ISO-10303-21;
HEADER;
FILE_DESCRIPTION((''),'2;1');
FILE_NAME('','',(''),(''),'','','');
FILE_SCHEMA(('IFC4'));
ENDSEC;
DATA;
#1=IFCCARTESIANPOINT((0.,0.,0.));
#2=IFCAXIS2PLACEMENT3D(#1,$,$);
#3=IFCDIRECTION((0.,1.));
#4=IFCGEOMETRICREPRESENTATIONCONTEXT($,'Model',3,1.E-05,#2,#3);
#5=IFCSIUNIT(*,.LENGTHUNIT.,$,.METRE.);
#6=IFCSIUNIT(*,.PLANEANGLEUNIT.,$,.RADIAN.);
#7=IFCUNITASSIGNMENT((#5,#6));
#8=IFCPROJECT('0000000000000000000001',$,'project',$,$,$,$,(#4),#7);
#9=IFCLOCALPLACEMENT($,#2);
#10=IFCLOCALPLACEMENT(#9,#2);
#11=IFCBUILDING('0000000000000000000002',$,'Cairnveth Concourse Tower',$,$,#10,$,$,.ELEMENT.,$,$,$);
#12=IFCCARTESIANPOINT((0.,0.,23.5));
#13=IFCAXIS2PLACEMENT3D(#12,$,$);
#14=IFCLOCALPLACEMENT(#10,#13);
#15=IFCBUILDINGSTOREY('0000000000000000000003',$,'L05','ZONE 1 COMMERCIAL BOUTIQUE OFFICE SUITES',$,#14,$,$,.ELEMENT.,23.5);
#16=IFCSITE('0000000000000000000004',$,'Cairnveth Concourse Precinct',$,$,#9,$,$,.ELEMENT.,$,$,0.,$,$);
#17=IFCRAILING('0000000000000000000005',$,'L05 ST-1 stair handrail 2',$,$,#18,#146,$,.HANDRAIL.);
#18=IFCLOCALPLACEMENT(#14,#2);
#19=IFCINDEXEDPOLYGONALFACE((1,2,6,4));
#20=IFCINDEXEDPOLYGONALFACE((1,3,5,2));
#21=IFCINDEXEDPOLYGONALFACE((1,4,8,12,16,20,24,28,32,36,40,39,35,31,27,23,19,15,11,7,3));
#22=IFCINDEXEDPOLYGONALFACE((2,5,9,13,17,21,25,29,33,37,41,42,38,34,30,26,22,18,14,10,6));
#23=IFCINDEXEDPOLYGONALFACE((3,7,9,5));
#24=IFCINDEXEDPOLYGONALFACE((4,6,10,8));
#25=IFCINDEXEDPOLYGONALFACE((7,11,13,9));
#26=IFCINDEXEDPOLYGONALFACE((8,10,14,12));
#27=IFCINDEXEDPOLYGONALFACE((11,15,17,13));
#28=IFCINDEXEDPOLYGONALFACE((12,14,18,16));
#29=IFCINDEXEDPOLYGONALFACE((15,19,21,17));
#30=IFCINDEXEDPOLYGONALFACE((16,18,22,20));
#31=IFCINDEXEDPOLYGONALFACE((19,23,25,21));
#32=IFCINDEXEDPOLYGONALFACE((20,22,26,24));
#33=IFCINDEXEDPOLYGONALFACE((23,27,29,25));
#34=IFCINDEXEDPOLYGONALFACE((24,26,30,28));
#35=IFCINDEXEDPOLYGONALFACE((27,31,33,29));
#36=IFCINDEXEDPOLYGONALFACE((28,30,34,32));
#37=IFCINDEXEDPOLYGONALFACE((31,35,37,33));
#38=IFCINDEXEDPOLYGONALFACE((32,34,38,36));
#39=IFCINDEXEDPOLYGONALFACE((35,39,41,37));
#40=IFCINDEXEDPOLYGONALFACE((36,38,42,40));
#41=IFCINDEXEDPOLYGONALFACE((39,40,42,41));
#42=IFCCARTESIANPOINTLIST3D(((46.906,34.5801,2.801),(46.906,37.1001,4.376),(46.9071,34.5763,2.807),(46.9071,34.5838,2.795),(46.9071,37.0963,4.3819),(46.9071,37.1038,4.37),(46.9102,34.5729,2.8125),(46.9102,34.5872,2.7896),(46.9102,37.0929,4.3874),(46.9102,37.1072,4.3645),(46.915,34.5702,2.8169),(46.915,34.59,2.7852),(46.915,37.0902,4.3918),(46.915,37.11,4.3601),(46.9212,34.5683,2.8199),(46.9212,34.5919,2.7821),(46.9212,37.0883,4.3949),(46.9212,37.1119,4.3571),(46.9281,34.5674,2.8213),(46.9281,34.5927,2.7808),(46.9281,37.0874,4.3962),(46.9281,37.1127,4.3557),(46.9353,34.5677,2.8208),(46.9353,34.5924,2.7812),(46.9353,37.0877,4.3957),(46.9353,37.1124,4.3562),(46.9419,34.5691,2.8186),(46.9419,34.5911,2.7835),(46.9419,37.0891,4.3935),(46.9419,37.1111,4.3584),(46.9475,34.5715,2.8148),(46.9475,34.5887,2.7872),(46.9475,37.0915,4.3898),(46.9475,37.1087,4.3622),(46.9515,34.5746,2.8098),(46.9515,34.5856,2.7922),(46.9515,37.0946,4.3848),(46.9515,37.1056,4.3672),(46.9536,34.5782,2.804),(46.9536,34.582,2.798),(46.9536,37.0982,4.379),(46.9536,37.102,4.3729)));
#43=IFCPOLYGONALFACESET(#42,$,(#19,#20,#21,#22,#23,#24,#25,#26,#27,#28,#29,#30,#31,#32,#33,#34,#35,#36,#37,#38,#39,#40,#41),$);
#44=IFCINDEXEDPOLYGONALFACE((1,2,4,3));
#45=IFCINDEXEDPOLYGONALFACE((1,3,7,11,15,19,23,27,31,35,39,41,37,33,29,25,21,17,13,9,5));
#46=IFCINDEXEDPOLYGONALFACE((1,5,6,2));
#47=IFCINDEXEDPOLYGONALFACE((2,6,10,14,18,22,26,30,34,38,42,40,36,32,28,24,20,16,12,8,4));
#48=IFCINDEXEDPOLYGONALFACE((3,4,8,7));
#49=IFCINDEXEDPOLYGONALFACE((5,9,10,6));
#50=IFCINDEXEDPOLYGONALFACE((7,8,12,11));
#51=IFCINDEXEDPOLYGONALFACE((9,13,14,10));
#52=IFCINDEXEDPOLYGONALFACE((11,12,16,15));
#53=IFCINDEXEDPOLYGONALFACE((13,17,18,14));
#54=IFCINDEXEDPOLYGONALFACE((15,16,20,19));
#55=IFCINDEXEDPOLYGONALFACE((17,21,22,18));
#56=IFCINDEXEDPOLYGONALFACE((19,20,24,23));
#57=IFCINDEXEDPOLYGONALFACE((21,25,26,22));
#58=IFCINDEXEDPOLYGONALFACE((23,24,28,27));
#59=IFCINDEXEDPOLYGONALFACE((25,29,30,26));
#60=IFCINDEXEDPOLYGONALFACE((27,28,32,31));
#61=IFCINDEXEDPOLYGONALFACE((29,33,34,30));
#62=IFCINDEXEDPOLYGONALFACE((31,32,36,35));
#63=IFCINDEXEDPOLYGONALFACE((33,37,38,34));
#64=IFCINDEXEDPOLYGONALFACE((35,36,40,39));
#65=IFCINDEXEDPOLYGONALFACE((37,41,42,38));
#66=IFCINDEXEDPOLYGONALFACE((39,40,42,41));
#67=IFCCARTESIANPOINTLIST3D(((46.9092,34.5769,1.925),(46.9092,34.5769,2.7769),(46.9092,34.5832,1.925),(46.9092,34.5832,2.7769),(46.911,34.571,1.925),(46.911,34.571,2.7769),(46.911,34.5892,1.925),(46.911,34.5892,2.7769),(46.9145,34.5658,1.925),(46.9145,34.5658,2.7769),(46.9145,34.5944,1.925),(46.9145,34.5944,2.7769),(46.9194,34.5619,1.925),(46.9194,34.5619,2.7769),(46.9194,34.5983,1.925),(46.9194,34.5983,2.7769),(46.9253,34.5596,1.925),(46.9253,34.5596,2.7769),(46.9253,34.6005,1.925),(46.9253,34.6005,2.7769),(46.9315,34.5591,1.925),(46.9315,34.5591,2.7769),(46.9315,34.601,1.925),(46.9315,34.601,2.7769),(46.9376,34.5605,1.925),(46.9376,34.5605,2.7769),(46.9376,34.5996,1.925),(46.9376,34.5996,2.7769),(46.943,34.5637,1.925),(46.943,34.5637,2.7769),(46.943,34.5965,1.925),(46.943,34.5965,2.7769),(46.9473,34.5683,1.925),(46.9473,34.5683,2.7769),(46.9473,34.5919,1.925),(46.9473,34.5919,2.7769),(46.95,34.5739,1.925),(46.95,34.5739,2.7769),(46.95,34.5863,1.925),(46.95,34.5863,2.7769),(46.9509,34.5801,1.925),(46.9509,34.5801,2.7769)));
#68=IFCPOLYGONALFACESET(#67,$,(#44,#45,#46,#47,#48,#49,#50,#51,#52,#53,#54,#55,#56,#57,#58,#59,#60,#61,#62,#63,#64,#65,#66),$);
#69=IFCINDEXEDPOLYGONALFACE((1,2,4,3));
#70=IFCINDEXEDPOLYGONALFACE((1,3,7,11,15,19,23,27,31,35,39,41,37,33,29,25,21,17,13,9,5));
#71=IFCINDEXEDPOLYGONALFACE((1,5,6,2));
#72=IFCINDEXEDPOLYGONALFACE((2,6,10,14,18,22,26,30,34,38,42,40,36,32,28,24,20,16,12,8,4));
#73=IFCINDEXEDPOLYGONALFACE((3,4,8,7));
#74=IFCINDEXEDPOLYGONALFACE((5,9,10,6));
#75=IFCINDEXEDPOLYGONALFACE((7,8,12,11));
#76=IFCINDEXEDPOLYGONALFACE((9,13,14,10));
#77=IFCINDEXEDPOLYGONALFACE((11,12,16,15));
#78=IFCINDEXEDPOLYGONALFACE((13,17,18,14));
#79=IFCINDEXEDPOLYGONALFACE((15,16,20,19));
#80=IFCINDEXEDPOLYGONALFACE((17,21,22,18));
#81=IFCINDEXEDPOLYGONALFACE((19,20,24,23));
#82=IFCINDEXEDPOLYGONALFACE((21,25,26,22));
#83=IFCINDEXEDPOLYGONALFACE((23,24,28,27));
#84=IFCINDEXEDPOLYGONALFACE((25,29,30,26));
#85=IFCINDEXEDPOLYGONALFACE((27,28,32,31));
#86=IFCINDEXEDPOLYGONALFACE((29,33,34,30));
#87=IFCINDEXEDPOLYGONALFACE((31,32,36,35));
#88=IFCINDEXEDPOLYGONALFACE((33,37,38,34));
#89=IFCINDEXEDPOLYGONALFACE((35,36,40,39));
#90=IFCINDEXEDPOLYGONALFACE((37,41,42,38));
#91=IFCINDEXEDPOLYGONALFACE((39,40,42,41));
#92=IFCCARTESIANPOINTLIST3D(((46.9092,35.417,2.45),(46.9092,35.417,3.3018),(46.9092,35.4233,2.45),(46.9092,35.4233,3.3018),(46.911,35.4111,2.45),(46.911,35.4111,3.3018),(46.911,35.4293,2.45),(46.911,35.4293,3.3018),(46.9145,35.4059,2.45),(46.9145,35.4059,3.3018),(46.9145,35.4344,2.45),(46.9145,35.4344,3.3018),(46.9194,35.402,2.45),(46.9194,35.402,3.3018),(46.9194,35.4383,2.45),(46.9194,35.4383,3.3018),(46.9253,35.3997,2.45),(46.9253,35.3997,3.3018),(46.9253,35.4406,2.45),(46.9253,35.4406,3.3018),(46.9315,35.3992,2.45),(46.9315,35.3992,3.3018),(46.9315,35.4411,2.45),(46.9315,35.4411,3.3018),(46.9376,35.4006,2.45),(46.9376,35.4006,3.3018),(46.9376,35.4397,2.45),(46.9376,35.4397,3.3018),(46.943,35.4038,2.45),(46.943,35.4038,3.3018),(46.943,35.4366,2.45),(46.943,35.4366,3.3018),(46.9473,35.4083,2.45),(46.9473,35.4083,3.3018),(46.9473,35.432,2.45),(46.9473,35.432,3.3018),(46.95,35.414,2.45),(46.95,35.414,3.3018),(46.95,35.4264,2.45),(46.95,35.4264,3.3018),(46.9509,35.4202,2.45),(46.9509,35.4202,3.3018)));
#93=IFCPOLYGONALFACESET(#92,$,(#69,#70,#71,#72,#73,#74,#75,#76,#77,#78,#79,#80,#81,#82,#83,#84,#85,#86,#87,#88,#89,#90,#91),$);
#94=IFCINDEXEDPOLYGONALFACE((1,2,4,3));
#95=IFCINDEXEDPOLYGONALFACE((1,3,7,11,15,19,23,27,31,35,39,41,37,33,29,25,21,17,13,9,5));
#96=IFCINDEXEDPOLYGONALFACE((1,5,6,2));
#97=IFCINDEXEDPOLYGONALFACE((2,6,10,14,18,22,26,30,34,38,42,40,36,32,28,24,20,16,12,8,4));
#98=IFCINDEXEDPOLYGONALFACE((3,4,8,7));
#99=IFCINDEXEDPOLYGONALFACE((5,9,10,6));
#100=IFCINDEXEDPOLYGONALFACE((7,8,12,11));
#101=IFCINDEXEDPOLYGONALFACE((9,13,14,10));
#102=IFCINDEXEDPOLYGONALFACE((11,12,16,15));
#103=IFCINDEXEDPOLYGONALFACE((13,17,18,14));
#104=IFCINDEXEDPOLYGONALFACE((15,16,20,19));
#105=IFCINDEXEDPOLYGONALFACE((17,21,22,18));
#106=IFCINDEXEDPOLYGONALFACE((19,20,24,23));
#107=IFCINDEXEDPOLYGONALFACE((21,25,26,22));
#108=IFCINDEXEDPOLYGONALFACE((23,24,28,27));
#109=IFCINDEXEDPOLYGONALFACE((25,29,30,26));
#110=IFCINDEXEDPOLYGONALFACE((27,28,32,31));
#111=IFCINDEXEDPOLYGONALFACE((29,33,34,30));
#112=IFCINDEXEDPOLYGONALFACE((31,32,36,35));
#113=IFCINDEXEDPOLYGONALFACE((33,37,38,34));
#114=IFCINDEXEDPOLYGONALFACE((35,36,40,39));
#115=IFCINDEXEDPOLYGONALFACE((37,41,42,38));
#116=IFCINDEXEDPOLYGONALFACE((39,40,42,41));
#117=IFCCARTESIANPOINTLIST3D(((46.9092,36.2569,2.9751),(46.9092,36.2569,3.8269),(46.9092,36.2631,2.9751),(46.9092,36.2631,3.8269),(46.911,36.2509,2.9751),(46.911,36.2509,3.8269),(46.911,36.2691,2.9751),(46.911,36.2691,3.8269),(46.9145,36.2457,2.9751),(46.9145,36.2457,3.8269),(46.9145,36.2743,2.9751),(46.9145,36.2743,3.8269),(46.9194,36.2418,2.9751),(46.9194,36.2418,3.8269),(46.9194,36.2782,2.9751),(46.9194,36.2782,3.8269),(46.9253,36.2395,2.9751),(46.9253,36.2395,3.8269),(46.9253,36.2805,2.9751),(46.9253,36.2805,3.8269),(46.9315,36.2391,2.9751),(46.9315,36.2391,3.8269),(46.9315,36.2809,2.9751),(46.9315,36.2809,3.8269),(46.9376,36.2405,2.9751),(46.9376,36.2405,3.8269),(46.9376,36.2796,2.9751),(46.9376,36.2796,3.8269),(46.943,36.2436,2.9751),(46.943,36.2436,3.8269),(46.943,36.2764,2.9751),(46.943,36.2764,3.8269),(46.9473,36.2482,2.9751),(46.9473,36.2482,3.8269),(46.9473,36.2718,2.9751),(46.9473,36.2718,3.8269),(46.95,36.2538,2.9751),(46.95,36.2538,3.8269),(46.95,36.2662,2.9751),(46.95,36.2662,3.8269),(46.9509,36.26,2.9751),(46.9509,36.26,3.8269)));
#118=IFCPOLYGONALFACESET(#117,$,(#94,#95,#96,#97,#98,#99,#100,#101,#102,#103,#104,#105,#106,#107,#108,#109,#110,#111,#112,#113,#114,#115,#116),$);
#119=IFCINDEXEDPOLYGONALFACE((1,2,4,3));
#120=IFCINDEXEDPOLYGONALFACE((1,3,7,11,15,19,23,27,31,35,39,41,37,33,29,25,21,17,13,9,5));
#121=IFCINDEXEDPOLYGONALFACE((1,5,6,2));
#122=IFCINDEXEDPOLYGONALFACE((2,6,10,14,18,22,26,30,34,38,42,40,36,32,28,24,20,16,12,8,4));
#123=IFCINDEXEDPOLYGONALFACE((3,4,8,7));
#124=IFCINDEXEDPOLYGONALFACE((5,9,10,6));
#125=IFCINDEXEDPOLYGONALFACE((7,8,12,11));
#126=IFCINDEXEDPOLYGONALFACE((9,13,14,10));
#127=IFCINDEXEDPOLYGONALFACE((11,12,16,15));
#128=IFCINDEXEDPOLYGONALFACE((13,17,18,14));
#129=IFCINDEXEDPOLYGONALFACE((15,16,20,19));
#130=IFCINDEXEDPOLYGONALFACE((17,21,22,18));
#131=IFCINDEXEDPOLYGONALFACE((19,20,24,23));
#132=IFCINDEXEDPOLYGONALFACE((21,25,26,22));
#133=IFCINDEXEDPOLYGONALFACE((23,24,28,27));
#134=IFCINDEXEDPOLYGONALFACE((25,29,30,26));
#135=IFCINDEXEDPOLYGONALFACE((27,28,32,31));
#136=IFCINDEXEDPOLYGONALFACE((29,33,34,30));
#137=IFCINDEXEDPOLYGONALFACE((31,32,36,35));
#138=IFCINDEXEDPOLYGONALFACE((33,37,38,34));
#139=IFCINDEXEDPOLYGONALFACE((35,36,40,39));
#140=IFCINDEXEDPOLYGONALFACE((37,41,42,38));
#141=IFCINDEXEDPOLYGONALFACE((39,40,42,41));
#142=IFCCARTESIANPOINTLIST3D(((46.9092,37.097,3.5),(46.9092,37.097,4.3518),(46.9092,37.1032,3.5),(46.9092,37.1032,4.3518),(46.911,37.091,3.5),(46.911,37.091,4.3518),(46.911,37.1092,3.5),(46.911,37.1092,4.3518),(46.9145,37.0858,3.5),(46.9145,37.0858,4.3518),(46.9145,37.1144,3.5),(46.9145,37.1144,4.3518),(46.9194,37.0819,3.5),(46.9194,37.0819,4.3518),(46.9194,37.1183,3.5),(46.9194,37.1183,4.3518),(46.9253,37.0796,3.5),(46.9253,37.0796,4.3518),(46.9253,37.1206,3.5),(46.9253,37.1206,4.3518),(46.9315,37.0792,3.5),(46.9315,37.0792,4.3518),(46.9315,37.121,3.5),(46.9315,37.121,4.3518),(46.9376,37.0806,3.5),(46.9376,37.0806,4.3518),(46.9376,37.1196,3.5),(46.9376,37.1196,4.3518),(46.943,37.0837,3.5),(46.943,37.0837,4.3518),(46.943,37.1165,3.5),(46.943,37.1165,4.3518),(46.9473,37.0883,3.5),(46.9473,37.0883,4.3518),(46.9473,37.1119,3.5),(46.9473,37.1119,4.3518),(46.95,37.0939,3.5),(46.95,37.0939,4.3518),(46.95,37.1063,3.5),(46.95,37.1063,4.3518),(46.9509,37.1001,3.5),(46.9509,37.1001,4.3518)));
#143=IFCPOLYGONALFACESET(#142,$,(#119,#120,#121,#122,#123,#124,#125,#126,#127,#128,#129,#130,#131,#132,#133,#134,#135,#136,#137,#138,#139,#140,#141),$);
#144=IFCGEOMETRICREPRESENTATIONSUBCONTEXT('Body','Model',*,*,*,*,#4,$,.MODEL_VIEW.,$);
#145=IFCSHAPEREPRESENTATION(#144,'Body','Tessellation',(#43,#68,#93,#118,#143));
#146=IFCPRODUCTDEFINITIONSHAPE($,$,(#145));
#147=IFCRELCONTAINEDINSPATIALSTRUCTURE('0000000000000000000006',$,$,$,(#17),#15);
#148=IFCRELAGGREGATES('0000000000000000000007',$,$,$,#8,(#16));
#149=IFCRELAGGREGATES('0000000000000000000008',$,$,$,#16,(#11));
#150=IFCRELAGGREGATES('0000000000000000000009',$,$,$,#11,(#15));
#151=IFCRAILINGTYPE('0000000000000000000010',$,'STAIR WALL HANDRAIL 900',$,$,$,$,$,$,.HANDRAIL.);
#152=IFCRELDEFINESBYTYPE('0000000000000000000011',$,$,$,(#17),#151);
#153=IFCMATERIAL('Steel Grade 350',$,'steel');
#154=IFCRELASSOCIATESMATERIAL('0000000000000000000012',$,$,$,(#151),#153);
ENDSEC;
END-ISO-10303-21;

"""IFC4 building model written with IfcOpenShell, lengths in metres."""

from ifc_helpers import new_model, si_unit, direction, frame, origin, origin_2d, place, context, subcontext, project, spatial, circle, extrude, material, type_object, element, save


model = new_model("IFC4")

# Units and contexts
model_context = context("Model", 3, precision=1e-05, world=origin(), true_north=direction((0.0, 1.0)))
body_context = subcontext(model_context, "Body", "Model", "MODEL_VIEW")
ifc_project = project(units=[si_unit("LENGTHUNIT", "METRE"), si_unit("PLANEANGLEUNIT", "RADIAN")], contexts=[model_context])

# Site, building, storey
site_placement = place(None, origin())
site = spatial("IfcSite", under=ifc_project, at=site_placement, Name="Cairnveth Concourse Precinct", CompositionType="ELEMENT", RefElevation=0.0)
building_placement = place(site_placement, origin())
building = spatial("IfcBuilding", under=site, at=building_placement, Name="Cairnveth Concourse Tower", CompositionType="ELEMENT")
storey_placement = place(building_placement, frame((0.0, 0.0, 23.5)))
storey = spatial("IfcBuildingStorey", under=building, at=storey_placement, Name="L05", Description="ZONE 1 COMMERCIAL BOUTIQUE OFFICE SUITES", CompositionType="ELEMENT", Elevation=23.5)

# Shared definitions
ifc_material_1 = material(Name="Steel Grade 350", Category="steel")

# Railing
railing_type_1 = type_object("IfcRailingType", Name="STAIR WALL HANDRAIL 900", PredefinedType="HANDRAIL", material=ifc_material_1)
railing_1_placement = place(storey_placement, frame((46.9299, 34.5801, 1.925)))
element("IfcRailing", 1, at=railing_1_placement, inside=storey, type_object=railing_type_1, Name="L05 ST-1 stair handrail 2", PredefinedType="HANDRAIL", context=body_context, shape_type="SweptSolid", body=[
    extrude(circle(Radius=0.0239, at=origin_2d()), frame((0.0, 0.0, 0.876), z_axis=(0.0, 0.848008, 0.529984), x_axis=(-1.0, 0.0, 0.0)), (0.0, 0.0, 1.0), 2.9717),
    extrude(circle(Radius=0.021, at=origin_2d()), origin(), (0.0, 0.0, 1.0), 0.8518),
    extrude(circle(Radius=0.021, at=origin_2d()), frame((0.0, 0.8401, 0.5249)), (0.0, 0.0, 1.0), 0.8518),
    extrude(circle(Radius=0.021, at=origin_2d()), frame((0.0, 1.6799, 1.05)), (0.0, 0.0, 1.0), 0.8518),
    extrude(circle(Radius=0.021, at=origin_2d()), frame((0.0, 2.52, 1.575)), (0.0, 0.0, 1.0), 0.8518),
])

save(model, "model.ifc")
